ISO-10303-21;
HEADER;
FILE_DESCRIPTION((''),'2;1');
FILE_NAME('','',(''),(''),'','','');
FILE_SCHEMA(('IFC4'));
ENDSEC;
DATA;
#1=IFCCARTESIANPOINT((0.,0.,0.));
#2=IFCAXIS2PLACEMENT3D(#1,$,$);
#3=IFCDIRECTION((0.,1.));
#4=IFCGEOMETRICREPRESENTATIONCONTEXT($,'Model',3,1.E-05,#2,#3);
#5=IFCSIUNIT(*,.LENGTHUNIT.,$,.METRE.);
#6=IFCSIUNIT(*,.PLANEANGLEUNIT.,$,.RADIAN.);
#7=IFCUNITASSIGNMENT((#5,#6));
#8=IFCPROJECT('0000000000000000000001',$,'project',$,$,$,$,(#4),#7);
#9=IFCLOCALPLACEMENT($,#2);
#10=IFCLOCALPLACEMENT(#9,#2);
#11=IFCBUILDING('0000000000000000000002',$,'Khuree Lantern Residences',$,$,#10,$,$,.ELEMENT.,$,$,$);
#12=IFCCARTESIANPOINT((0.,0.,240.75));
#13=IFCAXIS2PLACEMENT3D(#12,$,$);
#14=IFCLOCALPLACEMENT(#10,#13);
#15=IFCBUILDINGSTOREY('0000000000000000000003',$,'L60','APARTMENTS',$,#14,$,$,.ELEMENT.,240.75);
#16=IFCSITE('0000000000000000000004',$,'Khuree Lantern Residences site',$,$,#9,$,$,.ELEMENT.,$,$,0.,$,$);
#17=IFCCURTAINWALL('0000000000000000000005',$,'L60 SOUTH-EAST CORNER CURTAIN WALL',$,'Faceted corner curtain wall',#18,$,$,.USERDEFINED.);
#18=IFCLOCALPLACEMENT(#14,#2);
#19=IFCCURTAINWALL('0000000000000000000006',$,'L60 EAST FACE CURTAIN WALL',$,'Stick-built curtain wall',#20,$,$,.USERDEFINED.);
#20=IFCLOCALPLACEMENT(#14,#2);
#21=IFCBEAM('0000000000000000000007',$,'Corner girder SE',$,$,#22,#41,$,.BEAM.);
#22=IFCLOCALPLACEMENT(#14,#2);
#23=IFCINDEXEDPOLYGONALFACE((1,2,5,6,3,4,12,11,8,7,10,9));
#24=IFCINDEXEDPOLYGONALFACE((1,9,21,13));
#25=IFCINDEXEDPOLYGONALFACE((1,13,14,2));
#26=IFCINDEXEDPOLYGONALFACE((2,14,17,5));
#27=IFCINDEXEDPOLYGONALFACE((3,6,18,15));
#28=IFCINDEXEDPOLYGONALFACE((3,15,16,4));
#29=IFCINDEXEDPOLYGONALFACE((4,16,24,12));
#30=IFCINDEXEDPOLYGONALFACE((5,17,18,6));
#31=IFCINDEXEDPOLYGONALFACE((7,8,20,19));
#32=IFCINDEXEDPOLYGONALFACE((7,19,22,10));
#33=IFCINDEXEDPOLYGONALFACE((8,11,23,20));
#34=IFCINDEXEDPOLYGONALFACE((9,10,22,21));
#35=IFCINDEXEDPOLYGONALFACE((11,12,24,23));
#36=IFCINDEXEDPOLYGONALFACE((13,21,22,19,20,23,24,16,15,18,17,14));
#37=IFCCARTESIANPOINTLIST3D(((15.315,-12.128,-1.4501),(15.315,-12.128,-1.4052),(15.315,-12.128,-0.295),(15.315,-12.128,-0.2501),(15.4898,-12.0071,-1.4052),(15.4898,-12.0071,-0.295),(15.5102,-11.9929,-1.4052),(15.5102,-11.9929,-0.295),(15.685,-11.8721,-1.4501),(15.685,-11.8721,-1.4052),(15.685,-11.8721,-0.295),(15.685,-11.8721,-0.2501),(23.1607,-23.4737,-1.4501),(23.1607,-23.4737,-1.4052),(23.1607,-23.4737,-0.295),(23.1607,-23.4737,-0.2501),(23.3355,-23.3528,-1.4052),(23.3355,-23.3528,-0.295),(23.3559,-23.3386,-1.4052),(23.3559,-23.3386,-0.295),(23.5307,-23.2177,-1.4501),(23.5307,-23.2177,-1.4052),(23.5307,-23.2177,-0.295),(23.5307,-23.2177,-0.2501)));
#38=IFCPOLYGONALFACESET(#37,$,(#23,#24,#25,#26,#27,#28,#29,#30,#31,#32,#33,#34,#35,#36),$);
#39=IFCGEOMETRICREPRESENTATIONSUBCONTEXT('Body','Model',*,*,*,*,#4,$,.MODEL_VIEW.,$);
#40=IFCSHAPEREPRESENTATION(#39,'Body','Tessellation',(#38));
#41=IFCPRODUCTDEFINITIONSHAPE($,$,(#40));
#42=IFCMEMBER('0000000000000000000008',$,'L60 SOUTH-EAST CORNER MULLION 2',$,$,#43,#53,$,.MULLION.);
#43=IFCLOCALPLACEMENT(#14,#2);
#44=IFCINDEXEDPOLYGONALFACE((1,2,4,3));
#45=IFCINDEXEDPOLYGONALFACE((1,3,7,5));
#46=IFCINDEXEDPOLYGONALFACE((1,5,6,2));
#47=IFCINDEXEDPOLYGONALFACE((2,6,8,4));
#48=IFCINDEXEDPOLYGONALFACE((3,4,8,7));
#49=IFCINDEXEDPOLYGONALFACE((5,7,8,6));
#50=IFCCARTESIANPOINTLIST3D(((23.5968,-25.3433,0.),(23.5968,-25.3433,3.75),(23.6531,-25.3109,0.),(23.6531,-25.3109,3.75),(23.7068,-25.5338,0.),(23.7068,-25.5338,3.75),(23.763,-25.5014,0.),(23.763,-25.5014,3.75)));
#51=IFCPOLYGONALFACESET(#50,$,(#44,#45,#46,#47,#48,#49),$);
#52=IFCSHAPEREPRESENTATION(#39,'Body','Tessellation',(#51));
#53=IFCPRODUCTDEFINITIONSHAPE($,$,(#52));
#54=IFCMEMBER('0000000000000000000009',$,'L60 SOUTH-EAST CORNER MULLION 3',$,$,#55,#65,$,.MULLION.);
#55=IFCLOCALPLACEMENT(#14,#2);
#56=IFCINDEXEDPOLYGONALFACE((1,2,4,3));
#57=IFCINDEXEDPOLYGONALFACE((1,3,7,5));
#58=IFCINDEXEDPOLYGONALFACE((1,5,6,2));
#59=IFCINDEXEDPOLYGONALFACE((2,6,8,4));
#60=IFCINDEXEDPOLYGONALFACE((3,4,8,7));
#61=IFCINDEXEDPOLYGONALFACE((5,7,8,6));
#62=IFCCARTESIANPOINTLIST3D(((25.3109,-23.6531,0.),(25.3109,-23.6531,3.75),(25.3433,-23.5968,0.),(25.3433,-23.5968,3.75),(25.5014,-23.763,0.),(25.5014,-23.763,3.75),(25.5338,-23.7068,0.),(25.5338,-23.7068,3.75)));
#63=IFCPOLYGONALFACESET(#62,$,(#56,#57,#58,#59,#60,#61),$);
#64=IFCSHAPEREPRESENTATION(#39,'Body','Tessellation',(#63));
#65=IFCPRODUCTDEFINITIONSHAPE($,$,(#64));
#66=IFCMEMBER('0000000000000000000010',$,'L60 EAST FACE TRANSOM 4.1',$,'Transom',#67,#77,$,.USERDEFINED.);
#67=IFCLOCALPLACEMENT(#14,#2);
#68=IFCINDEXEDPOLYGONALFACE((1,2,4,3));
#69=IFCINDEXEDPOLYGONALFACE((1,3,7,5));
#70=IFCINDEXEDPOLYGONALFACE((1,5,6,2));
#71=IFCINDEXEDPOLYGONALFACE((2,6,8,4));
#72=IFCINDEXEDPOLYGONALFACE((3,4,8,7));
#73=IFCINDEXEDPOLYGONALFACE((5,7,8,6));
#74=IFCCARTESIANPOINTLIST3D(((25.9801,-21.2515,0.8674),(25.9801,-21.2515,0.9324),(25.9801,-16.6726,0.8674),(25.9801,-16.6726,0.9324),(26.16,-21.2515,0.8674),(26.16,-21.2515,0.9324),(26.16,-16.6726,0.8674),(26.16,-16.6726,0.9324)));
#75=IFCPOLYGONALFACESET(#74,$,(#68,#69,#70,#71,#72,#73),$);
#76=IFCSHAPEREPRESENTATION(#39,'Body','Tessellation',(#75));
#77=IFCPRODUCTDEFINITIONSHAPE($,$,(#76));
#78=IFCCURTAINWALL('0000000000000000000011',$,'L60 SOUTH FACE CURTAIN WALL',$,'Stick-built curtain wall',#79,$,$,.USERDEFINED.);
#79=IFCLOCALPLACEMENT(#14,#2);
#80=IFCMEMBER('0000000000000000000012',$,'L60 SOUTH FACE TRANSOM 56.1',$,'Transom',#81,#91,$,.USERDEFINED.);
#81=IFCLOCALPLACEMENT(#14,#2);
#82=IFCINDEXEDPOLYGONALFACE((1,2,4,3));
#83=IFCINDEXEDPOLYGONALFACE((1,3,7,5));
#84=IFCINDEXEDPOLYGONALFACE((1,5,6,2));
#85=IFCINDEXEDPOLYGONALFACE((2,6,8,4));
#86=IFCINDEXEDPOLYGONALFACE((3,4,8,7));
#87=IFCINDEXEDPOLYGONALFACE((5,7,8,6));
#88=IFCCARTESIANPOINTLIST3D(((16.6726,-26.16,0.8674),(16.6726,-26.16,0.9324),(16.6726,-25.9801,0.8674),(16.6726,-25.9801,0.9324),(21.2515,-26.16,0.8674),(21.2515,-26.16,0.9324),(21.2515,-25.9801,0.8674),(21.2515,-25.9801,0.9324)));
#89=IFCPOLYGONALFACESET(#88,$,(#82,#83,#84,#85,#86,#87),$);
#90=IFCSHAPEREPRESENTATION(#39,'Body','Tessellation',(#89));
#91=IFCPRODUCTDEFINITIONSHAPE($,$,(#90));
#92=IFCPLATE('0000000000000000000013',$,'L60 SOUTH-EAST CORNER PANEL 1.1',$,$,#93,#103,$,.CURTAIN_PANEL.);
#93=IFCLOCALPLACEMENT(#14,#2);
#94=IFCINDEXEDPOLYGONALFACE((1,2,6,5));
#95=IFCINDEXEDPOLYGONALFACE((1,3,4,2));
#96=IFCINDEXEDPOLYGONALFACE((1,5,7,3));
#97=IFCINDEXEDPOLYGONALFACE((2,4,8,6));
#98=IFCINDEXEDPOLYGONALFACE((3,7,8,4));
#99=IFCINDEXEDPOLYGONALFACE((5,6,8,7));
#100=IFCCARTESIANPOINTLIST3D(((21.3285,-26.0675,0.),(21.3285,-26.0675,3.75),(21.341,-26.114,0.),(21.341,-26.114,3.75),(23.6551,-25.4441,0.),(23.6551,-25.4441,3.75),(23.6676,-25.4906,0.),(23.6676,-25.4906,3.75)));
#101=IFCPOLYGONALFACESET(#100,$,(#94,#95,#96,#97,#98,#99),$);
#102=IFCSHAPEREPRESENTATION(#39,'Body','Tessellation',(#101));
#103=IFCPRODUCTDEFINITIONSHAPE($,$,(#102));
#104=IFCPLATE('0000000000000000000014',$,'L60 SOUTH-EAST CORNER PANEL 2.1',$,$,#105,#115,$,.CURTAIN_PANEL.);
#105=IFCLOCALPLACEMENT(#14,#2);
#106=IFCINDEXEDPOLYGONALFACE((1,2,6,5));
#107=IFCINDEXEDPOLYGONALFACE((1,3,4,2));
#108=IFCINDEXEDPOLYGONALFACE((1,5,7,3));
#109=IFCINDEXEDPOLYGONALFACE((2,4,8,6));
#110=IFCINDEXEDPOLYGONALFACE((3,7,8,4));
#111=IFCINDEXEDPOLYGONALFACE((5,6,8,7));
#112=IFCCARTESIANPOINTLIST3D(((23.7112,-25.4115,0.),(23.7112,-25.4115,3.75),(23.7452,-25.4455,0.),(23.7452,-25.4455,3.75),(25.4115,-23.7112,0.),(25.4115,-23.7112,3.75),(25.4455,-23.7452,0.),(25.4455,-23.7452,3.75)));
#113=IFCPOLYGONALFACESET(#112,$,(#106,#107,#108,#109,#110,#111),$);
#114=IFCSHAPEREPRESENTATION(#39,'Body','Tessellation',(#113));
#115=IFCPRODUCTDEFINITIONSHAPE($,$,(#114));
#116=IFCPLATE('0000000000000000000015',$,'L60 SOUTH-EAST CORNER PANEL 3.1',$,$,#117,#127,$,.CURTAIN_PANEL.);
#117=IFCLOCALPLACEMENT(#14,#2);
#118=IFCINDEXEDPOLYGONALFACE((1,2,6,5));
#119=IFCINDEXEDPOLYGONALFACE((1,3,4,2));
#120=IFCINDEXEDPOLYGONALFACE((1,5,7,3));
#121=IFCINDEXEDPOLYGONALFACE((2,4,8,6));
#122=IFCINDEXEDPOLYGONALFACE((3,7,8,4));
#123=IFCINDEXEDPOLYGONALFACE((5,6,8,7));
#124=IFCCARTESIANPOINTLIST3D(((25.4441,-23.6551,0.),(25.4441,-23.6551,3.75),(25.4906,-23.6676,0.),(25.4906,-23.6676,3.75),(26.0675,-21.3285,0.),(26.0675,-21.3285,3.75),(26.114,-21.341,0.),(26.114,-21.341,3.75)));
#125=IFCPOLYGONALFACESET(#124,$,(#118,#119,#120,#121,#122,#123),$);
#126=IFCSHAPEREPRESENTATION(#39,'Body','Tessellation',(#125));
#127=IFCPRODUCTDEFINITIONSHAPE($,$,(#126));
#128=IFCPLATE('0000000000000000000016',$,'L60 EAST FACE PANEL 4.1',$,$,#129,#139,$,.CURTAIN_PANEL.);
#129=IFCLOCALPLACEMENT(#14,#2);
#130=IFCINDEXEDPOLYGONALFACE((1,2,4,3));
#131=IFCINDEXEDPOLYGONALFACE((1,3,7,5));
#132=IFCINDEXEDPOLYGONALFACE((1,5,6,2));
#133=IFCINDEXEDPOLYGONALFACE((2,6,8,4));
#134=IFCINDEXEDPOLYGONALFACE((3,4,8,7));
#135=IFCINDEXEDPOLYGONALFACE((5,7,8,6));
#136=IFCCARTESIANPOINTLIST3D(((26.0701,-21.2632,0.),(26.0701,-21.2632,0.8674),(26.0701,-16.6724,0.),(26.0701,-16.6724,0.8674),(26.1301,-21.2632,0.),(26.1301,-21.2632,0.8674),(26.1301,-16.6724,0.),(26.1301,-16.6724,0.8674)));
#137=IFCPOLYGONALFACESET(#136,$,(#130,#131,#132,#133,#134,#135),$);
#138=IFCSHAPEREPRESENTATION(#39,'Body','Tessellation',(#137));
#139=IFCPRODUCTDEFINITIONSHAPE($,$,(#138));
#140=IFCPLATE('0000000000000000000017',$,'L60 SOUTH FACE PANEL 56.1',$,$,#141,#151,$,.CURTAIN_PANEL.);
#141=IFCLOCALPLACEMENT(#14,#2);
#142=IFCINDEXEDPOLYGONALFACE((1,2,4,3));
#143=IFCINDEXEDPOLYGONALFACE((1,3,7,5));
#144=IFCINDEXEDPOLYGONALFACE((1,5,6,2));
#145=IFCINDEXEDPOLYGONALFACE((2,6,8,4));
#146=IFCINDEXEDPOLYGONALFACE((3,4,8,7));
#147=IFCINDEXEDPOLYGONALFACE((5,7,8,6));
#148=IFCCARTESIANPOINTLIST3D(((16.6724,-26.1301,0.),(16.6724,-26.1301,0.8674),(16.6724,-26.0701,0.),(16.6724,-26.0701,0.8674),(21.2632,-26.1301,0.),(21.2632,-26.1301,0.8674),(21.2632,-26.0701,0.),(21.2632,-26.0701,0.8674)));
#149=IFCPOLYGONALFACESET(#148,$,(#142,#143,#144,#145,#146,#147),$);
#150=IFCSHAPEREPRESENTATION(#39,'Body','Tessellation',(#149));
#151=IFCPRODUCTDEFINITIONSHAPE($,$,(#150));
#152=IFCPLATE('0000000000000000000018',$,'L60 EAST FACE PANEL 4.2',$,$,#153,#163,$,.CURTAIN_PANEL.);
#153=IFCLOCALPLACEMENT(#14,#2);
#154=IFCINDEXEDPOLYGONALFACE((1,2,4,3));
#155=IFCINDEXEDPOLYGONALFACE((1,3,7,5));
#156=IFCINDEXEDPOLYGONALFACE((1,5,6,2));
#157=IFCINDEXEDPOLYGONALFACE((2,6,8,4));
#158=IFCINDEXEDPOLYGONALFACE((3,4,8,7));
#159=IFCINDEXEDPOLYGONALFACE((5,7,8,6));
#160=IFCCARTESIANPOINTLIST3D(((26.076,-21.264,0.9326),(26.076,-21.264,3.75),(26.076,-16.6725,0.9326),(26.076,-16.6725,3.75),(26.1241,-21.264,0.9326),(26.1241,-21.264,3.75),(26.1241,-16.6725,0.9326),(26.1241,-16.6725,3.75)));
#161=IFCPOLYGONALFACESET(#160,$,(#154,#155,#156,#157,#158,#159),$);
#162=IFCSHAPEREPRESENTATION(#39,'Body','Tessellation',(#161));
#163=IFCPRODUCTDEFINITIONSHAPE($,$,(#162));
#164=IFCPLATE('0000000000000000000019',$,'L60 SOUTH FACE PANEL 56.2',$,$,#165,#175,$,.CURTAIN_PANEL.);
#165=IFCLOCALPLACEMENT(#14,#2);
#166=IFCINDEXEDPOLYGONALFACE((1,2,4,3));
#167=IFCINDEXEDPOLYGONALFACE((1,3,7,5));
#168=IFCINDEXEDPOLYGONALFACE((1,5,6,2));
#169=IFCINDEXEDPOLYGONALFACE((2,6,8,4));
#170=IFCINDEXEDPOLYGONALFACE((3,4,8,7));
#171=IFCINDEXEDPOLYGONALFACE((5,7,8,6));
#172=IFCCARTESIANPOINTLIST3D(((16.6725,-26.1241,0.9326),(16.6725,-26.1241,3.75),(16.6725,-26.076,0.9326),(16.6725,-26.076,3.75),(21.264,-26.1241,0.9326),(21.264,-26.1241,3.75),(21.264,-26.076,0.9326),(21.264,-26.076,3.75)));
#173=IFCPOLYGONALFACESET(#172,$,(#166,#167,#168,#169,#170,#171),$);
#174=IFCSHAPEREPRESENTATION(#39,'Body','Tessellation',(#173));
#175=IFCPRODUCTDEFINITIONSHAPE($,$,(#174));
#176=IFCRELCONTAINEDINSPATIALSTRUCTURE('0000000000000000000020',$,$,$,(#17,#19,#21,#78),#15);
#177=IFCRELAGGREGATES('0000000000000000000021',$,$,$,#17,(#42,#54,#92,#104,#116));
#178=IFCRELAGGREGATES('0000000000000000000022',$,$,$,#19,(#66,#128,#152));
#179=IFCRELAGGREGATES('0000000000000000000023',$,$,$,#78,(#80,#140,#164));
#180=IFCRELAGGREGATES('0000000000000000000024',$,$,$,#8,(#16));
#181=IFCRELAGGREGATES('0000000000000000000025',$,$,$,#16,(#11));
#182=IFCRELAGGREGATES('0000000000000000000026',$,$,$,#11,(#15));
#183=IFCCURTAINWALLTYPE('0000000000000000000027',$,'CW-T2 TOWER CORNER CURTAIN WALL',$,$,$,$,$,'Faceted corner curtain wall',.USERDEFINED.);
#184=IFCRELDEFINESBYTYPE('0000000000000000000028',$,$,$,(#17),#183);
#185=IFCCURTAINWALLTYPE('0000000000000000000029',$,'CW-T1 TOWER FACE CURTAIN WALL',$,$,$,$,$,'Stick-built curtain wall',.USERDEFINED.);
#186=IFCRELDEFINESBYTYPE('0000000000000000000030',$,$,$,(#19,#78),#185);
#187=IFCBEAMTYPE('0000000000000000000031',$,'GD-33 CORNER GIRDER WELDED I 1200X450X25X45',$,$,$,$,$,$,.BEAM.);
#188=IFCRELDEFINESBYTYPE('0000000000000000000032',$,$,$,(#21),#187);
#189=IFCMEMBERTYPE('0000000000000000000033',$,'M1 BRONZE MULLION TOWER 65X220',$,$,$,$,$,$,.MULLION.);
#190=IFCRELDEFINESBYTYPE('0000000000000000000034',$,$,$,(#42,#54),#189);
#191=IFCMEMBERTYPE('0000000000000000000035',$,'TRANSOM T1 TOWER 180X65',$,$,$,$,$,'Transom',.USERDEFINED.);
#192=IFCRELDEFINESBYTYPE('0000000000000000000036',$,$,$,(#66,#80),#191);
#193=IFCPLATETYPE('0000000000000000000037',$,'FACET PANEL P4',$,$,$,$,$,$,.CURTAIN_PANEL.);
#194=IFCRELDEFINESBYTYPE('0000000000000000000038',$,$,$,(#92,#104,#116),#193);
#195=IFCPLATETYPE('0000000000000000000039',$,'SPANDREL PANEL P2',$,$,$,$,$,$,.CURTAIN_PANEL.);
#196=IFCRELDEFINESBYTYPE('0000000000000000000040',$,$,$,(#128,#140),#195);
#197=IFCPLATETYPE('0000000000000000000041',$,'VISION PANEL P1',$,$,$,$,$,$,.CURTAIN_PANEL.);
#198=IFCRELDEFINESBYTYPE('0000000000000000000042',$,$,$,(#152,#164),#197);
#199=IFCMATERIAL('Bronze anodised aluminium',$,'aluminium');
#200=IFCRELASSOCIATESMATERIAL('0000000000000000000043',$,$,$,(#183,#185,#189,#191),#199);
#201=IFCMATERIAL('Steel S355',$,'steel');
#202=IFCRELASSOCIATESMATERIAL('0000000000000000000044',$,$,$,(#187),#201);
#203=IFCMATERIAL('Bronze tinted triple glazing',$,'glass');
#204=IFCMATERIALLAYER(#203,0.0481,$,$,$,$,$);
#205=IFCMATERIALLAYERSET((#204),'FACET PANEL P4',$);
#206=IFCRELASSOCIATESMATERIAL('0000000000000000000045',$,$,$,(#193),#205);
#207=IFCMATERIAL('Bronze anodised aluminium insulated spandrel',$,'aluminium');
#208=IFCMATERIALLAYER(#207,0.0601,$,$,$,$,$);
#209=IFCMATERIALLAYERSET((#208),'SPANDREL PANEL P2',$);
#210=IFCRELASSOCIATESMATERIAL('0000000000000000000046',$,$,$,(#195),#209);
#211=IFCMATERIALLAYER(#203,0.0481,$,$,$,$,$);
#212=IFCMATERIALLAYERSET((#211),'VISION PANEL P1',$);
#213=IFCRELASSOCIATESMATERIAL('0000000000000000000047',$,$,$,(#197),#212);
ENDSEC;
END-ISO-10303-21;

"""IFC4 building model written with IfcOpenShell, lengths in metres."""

from ifc_helpers import new_model, si_unit, direction, frame, origin, origin_2d, place, context, subcontext, project, spatial, rectangle, i_section, extrude, material, layer, layer_set, material_profile, profile_set, type_object, element, aggregate, save


model = new_model("IFC4")

# Units and contexts
model_context = context("Model", 3, precision=1e-05, world=origin(), true_north=direction((0.0, 1.0)))
body_context = subcontext(model_context, "Body", "Model", "MODEL_VIEW")
ifc_project = project(units=[si_unit("LENGTHUNIT", "METRE"), si_unit("PLANEANGLEUNIT", "RADIAN")], contexts=[model_context])

# Site, building, storey
site_placement = place(None, origin())
site = spatial("IfcSite", under=ifc_project, at=site_placement, Name="Khuree Lantern Residences site", CompositionType="ELEMENT", RefElevation=0.0)
building_placement = place(site_placement, origin())
building = spatial("IfcBuilding", under=site, at=building_placement, Name="Khuree Lantern Residences", CompositionType="ELEMENT")
storey_placement = place(building_placement, frame((0.0, 0.0, 240.75)))
storey = spatial("IfcBuildingStorey", under=building, at=storey_placement, Name="L60", Description="APARTMENTS", CompositionType="ELEMENT", Elevation=240.75)

# Shared definitions
ifc_material_1 = material(Name="Steel S355", Category="steel")

# Curtain walls
ifc_material_2 = material(Name="Bronze anodised aluminium", Category="aluminium")
curtain_wall_type_1 = type_object("IfcCurtainWallType", Name="CW-T2 TOWER CORNER CURTAIN WALL", ElementType="Faceted corner curtain wall", PredefinedType="USERDEFINED", material=ifc_material_2)
curtain_wall_1_placement = place(storey_placement, origin())
curtain_wall_1 = element("IfcCurtainWall", 1, at=curtain_wall_1_placement, inside=storey, type_object=curtain_wall_type_1, Name="L60 SOUTH-EAST CORNER CURTAIN WALL", ObjectType="Faceted corner curtain wall", PredefinedType="USERDEFINED")
curtain_wall_type_2 = type_object("IfcCurtainWallType", Name="CW-T1 TOWER FACE CURTAIN WALL", ElementType="Stick-built curtain wall", PredefinedType="USERDEFINED", material=ifc_material_2)
curtain_wall_2_placement = place(storey_placement, origin())
curtain_wall_2 = element("IfcCurtainWall", 2, at=curtain_wall_2_placement, inside=storey, type_object=curtain_wall_type_2, Name="L60 EAST FACE CURTAIN WALL", ObjectType="Stick-built curtain wall", PredefinedType="USERDEFINED")

# Beam
ifc_material_profile_1 = material_profile(ifc_material_1, i_section(OverallWidth=0.45, OverallDepth=1.2, WebThickness=0.0249, FlangeThickness=0.0449, at=origin_2d()), Name="WELDED I 1200X450X25X45")
ifc_profile_set_1 = profile_set([ifc_material_profile_1], Name="Steel S355")
beam_type_1 = type_object("IfcBeamType", Name="GD-33 CORNER GIRDER WELDED I 1200X450X25X45", PredefinedType="BEAM", material=ifc_profile_set_1)
beam_1_placement = place(storey_placement, frame((23.3457, -23.3457, -0.8501), z_axis=(-0.568768, 0.822498, 0.0), x_axis=(-0.822498, -0.568768, 0.0)))
element("IfcBeam", 3, at=beam_1_placement, inside=storey, type_object=beam_type_1, Name="Corner girder SE", PredefinedType="BEAM", context=body_context, shape_type="SweptSolid", body=[
    extrude(i_section(OverallWidth=0.45, OverallDepth=1.2, WebThickness=0.0249, FlangeThickness=0.0449, at=origin_2d()), origin(), (0.0, 0.0, 1.0), 13.7942),
])

# Members
ifc_material_profile_2 = material_profile(ifc_material_2, rectangle(XDim=0.0649, YDim=0.22, at=origin_2d()), Name="M1 65X220")
ifc_profile_set_2 = profile_set([ifc_material_profile_2], Name="Bronze anodised aluminium")
member_type_1 = type_object("IfcMemberType", Name="M1 BRONZE MULLION TOWER 65X220", PredefinedType="MULLION", material=ifc_profile_set_2)
member_1_placement = place(storey_placement, frame((23.6799, -25.4224, 0.0), z_axis=(0.0, 0.0, 1.0), x_axis=(0.866025, 0.5, 0.0)))
member_1 = element("IfcMember", 4, at=member_1_placement, type_object=member_type_1, Name="L60 SOUTH-EAST CORNER MULLION 2", PredefinedType="MULLION", context=body_context, shape_type="SweptSolid", body=[
    extrude(rectangle(XDim=0.0649, YDim=0.22, at=origin_2d()), origin(), (0.0, 0.0, 1.0), 3.75),
])
member_2_placement = place(storey_placement, frame((25.4224, -23.6799, 0.0), z_axis=(0.0, 0.0, 1.0), x_axis=(0.5, 0.866025, 0.0)))
member_2 = element("IfcMember", 5, at=member_2_placement, type_object=member_type_1, Name="L60 SOUTH-EAST CORNER MULLION 3", PredefinedType="MULLION", context=body_context, shape_type="SweptSolid", body=[
    extrude(rectangle(XDim=0.0649, YDim=0.22, at=origin_2d()), origin(), (0.0, 0.0, 1.0), 3.75),
])
ifc_material_profile_3 = material_profile(ifc_material_2, rectangle(XDim=0.1799, YDim=0.0649, at=origin_2d()), Name="T1 180X65")
ifc_profile_set_3 = profile_set([ifc_material_profile_3], Name="Bronze anodised aluminium")
member_type_2 = type_object("IfcMemberType", Name="TRANSOM T1 TOWER 180X65", ElementType="Transom", PredefinedType="USERDEFINED", material=ifc_profile_set_3)
member_3_placement = place(storey_placement, frame((26.0701, -21.2515, 0.8999), z_axis=(0.0, 1.0, 0.0), x_axis=(-1.0, 0.0, 0.0)))
member_3 = element("IfcMember", 6, at=member_3_placement, type_object=member_type_2, Name="L60 EAST FACE TRANSOM 4.1", ObjectType="Transom", PredefinedType="USERDEFINED", context=body_context, shape_type="SweptSolid", body=[
    extrude(rectangle(XDim=0.1799, YDim=0.0649, at=origin_2d()), origin(), (0.0, 0.0, 1.0), 4.5789),
])

# Curtain wall, member
curtain_wall_3_placement = place(storey_placement, origin())
curtain_wall_3 = element("IfcCurtainWall", 7, at=curtain_wall_3_placement, inside=storey, type_object=curtain_wall_type_2, Name="L60 SOUTH FACE CURTAIN WALL", ObjectType="Stick-built curtain wall", PredefinedType="USERDEFINED")
member_4_placement = place(storey_placement, frame((16.6726, -26.0701, 0.8999), z_axis=(1.0, 0.0, 0.0), x_axis=(0.0, 1.0, 0.0)))
member_4 = element("IfcMember", 8, at=member_4_placement, type_object=member_type_2, Name="L60 SOUTH FACE TRANSOM 56.1", ObjectType="Transom", PredefinedType="USERDEFINED", context=body_context, shape_type="SweptSolid", body=[
    extrude(rectangle(XDim=0.1799, YDim=0.0649, at=origin_2d()), origin(), (0.0, 0.0, 1.0), 4.5789),
])

# Plates
ifc_material_3 = material(Name="Bronze tinted triple glazing", Category="glass")
ifc_layer_1 = layer(ifc_material_3, 0.0481)
ifc_layer_set_1 = layer_set([ifc_layer_1], Name="FACET PANEL P4")
plate_type_1 = type_object("IfcPlateType", Name="FACET PANEL P4", PredefinedType="CURTAIN_PANEL", material=ifc_layer_set_1)
plate_1_placement = place(storey_placement, frame((22.498, -25.7791, 0.0), z_axis=(0.0, 0.0, 1.0), x_axis=(0.965926, 0.258819, 0.0)))
plate_1 = element("IfcPlate", 9, at=plate_1_placement, type_object=plate_type_1, Name="L60 SOUTH-EAST CORNER PANEL 1.1", PredefinedType="CURTAIN_PANEL", context=body_context, shape_type="SweptSolid", body=[
    extrude(rectangle(XDim=2.4087, YDim=0.0481, at=origin_2d()), origin(), (0.0, 0.0, 1.0), 3.75),
])
plate_2_placement = place(storey_placement, frame((24.5784, -24.5784, 0.0), z_axis=(0.0, 0.0, 1.0), x_axis=(0.707107, 0.707107, 0.0)))
plate_2 = element("IfcPlate", 10, at=plate_2_placement, type_object=plate_type_1, Name="L60 SOUTH-EAST CORNER PANEL 2.1", PredefinedType="CURTAIN_PANEL", context=body_context, shape_type="SweptSolid", body=[
    extrude(rectangle(XDim=2.4045, YDim=0.0481, at=origin_2d()), origin(), (0.0, 0.0, 1.0), 3.75),
])
plate_3_placement = place(storey_placement, frame((25.7791, -22.498, 0.0), z_axis=(0.0, 0.0, 1.0), x_axis=(0.258819, 0.965926, 0.0)))
plate_3 = element("IfcPlate", 11, at=plate_3_placement, type_object=plate_type_1, Name="L60 SOUTH-EAST CORNER PANEL 3.1", PredefinedType="CURTAIN_PANEL", context=body_context, shape_type="SweptSolid", body=[
    extrude(rectangle(XDim=2.4087, YDim=0.0481, at=origin_2d()), origin(), (0.0, 0.0, 1.0), 3.75),
])
aggregate(curtain_wall_1, [member_1, member_2, plate_1, plate_2, plate_3])
ifc_material_4 = material(Name="Bronze anodised aluminium insulated spandrel", Category="aluminium")
ifc_layer_2 = layer(ifc_material_4, 0.0601)
ifc_layer_set_2 = layer_set([ifc_layer_2], Name="SPANDREL PANEL P2")
plate_type_2 = type_object("IfcPlateType", Name="SPANDREL PANEL P2", PredefinedType="CURTAIN_PANEL", material=ifc_layer_set_2)
plate_4_placement = place(storey_placement, frame((26.1001, -18.9678, 0.0), z_axis=(0.0, 0.0, 1.0), x_axis=(0.0, 1.0, 0.0)))
plate_4 = element("IfcPlate", 12, at=plate_4_placement, type_object=plate_type_2, Name="L60 EAST FACE PANEL 4.1", PredefinedType="CURTAIN_PANEL", context=body_context, shape_type="SweptSolid", body=[
    extrude(rectangle(XDim=4.5908, YDim=0.0601, at=origin_2d()), origin(), (0.0, 0.0, 1.0), 0.8674),
])
plate_5_placement = place(storey_placement, frame((18.9678, -26.1001, 0.0), z_axis=(0.0, 0.0, 1.0), x_axis=(1.0, 0.0, 0.0)))
plate_5 = element("IfcPlate", 13, at=plate_5_placement, type_object=plate_type_2, Name="L60 SOUTH FACE PANEL 56.1", PredefinedType="CURTAIN_PANEL", context=body_context, shape_type="SweptSolid", body=[
    extrude(rectangle(XDim=4.5908, YDim=0.0601, at=origin_2d()), origin(), (0.0, 0.0, 1.0), 0.8674),
])
ifc_layer_3 = layer(ifc_material_3, 0.0481)
ifc_layer_set_3 = layer_set([ifc_layer_3], Name="VISION PANEL P1")
plate_type_3 = type_object("IfcPlateType", Name="VISION PANEL P1", PredefinedType="CURTAIN_PANEL", material=ifc_layer_set_3)
plate_6_placement = place(storey_placement, frame((26.1001, -18.9683, 0.9326), z_axis=(0.0, 0.0, 1.0), x_axis=(0.0, 1.0, 0.0)))
plate_6 = element("IfcPlate", 14, at=plate_6_placement, type_object=plate_type_3, Name="L60 EAST FACE PANEL 4.2", PredefinedType="CURTAIN_PANEL", context=body_context, shape_type="SweptSolid", body=[
    extrude(rectangle(XDim=4.5916, YDim=0.0481, at=origin_2d()), origin(), (0.0, 0.0, 1.0), 2.8174),
])
aggregate(curtain_wall_2, [member_3, plate_4, plate_6])
plate_7_placement = place(storey_placement, frame((18.9683, -26.1001, 0.9326), z_axis=(0.0, 0.0, 1.0), x_axis=(1.0, 0.0, 0.0)))
plate_7 = element("IfcPlate", 15, at=plate_7_placement, type_object=plate_type_3, Name="L60 SOUTH FACE PANEL 56.2", PredefinedType="CURTAIN_PANEL", context=body_context, shape_type="SweptSolid", body=[
    extrude(rectangle(XDim=4.5916, YDim=0.0481, at=origin_2d()), origin(), (0.0, 0.0, 1.0), 2.8174),
])
aggregate(curtain_wall_3, [member_4, plate_5, plate_7])

save(model, "model.ifc")
